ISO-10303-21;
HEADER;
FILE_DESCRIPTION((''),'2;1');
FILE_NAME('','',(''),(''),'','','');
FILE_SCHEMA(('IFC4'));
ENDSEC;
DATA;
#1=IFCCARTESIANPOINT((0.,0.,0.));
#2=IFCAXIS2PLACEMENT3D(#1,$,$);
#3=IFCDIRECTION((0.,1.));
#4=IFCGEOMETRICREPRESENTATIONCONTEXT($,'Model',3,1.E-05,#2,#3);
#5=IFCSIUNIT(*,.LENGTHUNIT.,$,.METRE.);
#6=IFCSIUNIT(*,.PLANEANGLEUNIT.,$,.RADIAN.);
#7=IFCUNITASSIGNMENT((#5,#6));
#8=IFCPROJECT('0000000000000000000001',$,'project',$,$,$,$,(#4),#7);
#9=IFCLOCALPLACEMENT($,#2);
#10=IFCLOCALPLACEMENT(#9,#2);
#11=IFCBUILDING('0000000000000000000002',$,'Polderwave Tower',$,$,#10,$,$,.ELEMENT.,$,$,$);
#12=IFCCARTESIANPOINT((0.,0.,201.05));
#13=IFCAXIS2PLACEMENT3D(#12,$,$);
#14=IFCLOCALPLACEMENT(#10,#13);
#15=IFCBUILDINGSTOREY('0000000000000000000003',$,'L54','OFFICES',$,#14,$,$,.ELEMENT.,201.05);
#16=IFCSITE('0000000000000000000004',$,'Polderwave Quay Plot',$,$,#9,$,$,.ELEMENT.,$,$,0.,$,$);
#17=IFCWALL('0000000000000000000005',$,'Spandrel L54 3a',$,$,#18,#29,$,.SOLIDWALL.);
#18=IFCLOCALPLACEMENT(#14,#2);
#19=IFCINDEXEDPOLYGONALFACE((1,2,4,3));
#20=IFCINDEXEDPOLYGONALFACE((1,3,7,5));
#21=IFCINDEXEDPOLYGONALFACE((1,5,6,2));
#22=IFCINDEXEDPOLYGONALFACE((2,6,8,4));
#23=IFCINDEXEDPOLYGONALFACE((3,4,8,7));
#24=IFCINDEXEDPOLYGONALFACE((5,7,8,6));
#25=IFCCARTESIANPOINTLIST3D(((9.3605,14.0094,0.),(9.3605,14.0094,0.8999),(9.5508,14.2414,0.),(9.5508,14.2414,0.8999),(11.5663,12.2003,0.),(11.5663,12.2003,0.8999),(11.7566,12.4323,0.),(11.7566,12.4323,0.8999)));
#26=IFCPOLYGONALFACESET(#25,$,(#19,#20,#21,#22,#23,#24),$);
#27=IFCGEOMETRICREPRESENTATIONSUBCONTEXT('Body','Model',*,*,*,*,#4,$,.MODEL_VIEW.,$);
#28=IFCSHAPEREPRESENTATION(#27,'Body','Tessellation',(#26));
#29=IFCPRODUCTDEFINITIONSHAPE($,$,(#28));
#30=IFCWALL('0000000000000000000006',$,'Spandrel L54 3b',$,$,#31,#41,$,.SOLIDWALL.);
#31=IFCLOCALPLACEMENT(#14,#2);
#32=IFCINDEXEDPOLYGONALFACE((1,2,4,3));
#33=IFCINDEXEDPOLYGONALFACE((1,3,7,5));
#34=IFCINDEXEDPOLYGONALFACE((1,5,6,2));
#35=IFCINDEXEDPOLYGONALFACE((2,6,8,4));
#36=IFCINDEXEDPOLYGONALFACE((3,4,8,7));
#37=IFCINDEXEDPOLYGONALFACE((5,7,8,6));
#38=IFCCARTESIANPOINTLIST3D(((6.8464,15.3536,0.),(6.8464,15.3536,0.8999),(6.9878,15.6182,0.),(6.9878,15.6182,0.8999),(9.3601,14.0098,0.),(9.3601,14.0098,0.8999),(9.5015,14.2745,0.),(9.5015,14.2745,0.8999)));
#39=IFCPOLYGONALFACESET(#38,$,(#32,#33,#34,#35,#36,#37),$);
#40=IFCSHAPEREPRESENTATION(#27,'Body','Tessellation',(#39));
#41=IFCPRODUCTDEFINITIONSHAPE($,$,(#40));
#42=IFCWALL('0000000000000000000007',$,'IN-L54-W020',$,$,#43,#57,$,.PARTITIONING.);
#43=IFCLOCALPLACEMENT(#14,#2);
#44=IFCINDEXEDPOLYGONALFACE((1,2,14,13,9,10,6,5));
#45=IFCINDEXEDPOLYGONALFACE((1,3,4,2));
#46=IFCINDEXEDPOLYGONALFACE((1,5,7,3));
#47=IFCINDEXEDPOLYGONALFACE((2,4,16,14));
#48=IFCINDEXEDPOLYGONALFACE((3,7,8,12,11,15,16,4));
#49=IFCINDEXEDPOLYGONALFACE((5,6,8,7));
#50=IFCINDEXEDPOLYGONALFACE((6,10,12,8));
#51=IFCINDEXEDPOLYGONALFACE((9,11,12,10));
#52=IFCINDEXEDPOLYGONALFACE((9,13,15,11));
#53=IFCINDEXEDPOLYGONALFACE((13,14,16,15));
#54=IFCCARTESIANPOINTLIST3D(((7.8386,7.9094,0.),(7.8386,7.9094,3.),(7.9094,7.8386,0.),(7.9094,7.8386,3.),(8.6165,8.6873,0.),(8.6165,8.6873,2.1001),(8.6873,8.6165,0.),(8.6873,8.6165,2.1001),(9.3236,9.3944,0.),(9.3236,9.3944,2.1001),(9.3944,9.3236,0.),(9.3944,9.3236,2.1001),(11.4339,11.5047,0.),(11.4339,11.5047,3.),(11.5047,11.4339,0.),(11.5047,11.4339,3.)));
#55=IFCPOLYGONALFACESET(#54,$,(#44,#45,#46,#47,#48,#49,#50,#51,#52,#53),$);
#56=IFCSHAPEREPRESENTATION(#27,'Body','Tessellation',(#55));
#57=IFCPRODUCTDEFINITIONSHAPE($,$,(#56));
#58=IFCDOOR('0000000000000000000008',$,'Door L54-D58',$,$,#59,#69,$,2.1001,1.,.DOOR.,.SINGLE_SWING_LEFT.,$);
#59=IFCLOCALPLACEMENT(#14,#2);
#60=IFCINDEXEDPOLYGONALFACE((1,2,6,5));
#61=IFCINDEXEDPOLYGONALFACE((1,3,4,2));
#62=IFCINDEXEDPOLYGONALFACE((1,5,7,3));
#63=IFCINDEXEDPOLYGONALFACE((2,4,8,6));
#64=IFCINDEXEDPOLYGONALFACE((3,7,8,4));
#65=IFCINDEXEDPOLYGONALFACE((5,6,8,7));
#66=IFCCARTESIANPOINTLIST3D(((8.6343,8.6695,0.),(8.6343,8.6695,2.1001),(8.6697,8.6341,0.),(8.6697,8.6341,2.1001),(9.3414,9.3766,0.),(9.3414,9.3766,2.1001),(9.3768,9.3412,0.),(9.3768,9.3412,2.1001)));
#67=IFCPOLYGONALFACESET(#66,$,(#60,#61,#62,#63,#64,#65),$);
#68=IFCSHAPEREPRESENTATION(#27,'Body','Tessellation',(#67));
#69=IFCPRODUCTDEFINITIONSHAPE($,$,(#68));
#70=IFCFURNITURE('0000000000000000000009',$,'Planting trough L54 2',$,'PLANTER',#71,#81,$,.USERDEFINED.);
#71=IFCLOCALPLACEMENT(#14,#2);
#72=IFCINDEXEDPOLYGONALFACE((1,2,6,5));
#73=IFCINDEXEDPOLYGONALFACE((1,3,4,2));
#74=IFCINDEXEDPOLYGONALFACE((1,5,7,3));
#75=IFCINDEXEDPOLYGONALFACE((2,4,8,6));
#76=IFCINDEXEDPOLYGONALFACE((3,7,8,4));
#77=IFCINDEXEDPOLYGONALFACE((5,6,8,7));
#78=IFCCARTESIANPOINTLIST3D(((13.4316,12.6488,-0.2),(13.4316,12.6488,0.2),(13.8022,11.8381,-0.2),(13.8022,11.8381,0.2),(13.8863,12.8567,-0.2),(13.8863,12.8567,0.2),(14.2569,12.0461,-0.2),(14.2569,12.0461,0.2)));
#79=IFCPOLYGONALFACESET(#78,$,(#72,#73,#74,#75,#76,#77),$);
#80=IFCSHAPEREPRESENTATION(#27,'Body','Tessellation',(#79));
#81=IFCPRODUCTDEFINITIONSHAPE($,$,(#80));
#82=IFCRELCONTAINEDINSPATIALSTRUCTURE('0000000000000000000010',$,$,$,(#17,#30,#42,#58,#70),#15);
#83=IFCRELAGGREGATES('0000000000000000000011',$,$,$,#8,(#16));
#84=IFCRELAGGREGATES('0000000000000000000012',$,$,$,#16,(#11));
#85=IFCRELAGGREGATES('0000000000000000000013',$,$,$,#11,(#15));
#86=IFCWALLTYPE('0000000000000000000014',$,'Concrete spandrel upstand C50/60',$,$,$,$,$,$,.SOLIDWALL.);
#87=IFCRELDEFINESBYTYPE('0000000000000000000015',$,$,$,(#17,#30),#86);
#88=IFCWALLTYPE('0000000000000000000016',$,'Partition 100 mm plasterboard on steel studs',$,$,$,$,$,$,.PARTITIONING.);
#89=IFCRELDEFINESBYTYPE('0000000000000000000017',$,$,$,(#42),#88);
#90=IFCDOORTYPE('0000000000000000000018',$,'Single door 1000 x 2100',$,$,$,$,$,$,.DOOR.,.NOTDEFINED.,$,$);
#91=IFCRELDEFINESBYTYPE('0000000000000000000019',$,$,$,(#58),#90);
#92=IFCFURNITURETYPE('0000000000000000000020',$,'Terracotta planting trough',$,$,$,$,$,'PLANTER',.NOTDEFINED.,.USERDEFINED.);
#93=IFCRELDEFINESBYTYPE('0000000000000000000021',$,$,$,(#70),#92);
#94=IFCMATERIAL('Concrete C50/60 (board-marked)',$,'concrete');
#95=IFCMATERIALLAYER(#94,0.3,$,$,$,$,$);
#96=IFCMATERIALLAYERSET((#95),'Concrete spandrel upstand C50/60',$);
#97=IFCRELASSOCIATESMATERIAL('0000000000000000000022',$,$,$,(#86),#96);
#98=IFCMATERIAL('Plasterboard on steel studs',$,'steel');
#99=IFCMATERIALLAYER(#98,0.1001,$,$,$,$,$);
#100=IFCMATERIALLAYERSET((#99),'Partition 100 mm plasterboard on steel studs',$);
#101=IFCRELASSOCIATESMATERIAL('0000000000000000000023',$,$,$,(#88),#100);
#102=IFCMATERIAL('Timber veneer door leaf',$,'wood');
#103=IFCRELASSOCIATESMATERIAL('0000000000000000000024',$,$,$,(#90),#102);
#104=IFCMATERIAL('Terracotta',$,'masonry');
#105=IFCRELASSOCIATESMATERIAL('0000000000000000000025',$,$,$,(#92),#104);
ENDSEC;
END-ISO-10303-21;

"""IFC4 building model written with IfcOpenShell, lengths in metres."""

from ifc_helpers import new_model, si_unit, direction, frame, frame_2d, origin, origin_2d, place, context, subcontext, project, spatial, rectangle, extrude, material, layer, layer_set, type_object, element, fill, save


model = new_model("IFC4")

# Units and contexts
model_context = context("Model", 3, precision=1e-05, world=origin(), true_north=direction((0.0, 1.0)))
body_context = subcontext(model_context, "Body", "Model", "MODEL_VIEW")
ifc_project = project(units=[si_unit("LENGTHUNIT", "METRE"), si_unit("PLANEANGLEUNIT", "RADIAN")], contexts=[model_context])

# Site, building, storey
site_placement = place(None, origin())
site = spatial("IfcSite", under=ifc_project, at=site_placement, Name="Polderwave Quay Plot", CompositionType="ELEMENT", RefElevation=0.0)
building_placement = place(site_placement, origin())
building = spatial("IfcBuilding", under=site, at=building_placement, Name="Polderwave Tower", CompositionType="ELEMENT")
storey_placement = place(building_placement, frame((0.0, 0.0, 201.05)))
storey = spatial("IfcBuildingStorey", under=building, at=storey_placement, Name="L54", Description="OFFICES", CompositionType="ELEMENT", Elevation=201.05)

# Walls
ifc_material_1 = material(Name="Concrete C50/60 (board-marked)", Category="concrete")
ifc_layer_1 = layer(ifc_material_1, 0.3)
ifc_layer_set_1 = layer_set([ifc_layer_1], Name="Concrete spandrel upstand C50/60")
wall_type_1 = type_object("IfcWallType", Name="Concrete spandrel upstand C50/60", PredefinedType="SOLIDWALL", material=ifc_layer_set_1)
for number, where, z_axis, x_axis, name in (
    (1, (11.6614, 12.3164, 0.0), (0.0, 0.0, 1.0), (-0.773213, 0.634146, 0.0), "Spandrel L54 3a"),
):
    element("IfcWall", number, at=place(storey_placement, frame(where, z_axis=z_axis, x_axis=x_axis)), inside=storey, type_object=wall_type_1, Name=name, PredefinedType="SOLIDWALL", context=body_context, shape_type="SweptSolid", body=[
        extrude(rectangle(XDim=2.8528, YDim=0.3, at=frame_2d((1.4263, 0.0))), origin(), (0.0, 0.0, 1.0), 0.8999),
    ])
wall_1_placement = place(storey_placement, frame((9.4309, 14.1421, 0.0), z_axis=(0.0, 0.0, 1.0), x_axis=(-0.881897, 0.471442, 0.0)))
element("IfcWall", 2, at=wall_1_placement, inside=storey, type_object=wall_type_1, Name="Spandrel L54 3b", PredefinedType="SOLIDWALL", context=body_context, shape_type="SweptSolid", body=[
    extrude(rectangle(XDim=2.8503, YDim=0.3, at=frame_2d((1.4253, 0.0))), origin(), (0.0, 0.0, 1.0), 0.8999),
])

# Wall, opening, door
ifc_material_2 = material(Name="Plasterboard on steel studs", Category="steel")
ifc_layer_2 = layer(ifc_material_2, 0.1001)
ifc_layer_set_2 = layer_set([ifc_layer_2], Name="Partition 100 mm plasterboard on steel studs")
wall_type_2 = type_object("IfcWallType", Name="Partition 100 mm plasterboard on steel studs", PredefinedType="PARTITIONING", material=ifc_layer_set_2)
wall_2_placement = place(storey_placement, frame((7.874, 7.874, 0.0), z_axis=(0.0, 0.0, 1.0), x_axis=(0.707107, 0.707107, 0.0)))
wall_2 = element("IfcWall", 3, at=wall_2_placement, inside=storey, type_object=wall_type_2, Name="IN-L54-W020", PredefinedType="PARTITIONING", context=body_context, shape_type="SweptSolid", body=[
    extrude(rectangle(XDim=5.0845, YDim=0.1001, at=frame_2d((2.5422, 0.0))), origin(), (0.0, 0.0, 1.0), 3.0),
])
opening_placement = place(wall_2_placement, frame((1.1001, 0.0, 0.0)))
opening = element("IfcOpeningElement", 4, at=opening_placement, cuts=wall_2, PredefinedType="OPENING", context=body_context, shape_type="SweptSolid", body=[
    extrude(rectangle(XDim=1.0, YDim=2.1001, at=frame_2d((0.5, 1.05))), frame((0.0, 0.0601, 0.0), z_axis=(0.0, -1.0, 0.0), x_axis=(1.0, 0.0, 0.0)), (0.0, 0.0, 1.0), 0.1201),
])
ifc_material_3 = material(Name="Timber veneer door leaf", Category="wood")
door_type = type_object("IfcDoorType", Name="Single door 1000 x 2100", OperationType="NOTDEFINED", PredefinedType="DOOR", material=ifc_material_3)
door_placement = place(opening_placement, origin())
door = element("IfcDoor", 5, at=door_placement, inside=storey, type_object=door_type, Name="Door L54-D58", OperationType="SINGLE_SWING_LEFT", OverallHeight=2.1001, OverallWidth=1.0, PredefinedType="DOOR", context=body_context, shape_type="SweptSolid", body=[
    extrude(rectangle(XDim=1.0, YDim=2.1001, at=frame_2d((0.5, 1.05))), frame((0.0, 0.0249, 0.0), z_axis=(0.0, -1.0, 0.0), x_axis=(1.0, 0.0, 0.0)), (0.0, 0.0, 1.0), 0.05),
])
fill(opening, door)

# Furniture
ifc_material_4 = material(Name="Terracotta", Category="masonry")
furniture_type = type_object("IfcFurnitureType", Name="Terracotta planting trough", ElementType="PLANTER", AssemblyPlace="NOTDEFINED", PredefinedType="USERDEFINED", material=ifc_material_4)
furniture_placement = place(storey_placement, frame((13.8442, 12.3474, -0.2), z_axis=(0.0, 0.0, 1.0), x_axis=(-0.415832, 0.909442, 0.0)))
element("IfcFurniture", 6, at=furniture_placement, inside=storey, type_object=furniture_type, Name="Planting trough L54 2", ObjectType="PLANTER", PredefinedType="USERDEFINED", context=body_context, shape_type="SweptSolid", body=[
    extrude(rectangle(XDim=0.8914, YDim=0.5, at=origin_2d()), origin(), (0.0, 0.0, 1.0), 0.3999),
])

save(model, "model.ifc")
